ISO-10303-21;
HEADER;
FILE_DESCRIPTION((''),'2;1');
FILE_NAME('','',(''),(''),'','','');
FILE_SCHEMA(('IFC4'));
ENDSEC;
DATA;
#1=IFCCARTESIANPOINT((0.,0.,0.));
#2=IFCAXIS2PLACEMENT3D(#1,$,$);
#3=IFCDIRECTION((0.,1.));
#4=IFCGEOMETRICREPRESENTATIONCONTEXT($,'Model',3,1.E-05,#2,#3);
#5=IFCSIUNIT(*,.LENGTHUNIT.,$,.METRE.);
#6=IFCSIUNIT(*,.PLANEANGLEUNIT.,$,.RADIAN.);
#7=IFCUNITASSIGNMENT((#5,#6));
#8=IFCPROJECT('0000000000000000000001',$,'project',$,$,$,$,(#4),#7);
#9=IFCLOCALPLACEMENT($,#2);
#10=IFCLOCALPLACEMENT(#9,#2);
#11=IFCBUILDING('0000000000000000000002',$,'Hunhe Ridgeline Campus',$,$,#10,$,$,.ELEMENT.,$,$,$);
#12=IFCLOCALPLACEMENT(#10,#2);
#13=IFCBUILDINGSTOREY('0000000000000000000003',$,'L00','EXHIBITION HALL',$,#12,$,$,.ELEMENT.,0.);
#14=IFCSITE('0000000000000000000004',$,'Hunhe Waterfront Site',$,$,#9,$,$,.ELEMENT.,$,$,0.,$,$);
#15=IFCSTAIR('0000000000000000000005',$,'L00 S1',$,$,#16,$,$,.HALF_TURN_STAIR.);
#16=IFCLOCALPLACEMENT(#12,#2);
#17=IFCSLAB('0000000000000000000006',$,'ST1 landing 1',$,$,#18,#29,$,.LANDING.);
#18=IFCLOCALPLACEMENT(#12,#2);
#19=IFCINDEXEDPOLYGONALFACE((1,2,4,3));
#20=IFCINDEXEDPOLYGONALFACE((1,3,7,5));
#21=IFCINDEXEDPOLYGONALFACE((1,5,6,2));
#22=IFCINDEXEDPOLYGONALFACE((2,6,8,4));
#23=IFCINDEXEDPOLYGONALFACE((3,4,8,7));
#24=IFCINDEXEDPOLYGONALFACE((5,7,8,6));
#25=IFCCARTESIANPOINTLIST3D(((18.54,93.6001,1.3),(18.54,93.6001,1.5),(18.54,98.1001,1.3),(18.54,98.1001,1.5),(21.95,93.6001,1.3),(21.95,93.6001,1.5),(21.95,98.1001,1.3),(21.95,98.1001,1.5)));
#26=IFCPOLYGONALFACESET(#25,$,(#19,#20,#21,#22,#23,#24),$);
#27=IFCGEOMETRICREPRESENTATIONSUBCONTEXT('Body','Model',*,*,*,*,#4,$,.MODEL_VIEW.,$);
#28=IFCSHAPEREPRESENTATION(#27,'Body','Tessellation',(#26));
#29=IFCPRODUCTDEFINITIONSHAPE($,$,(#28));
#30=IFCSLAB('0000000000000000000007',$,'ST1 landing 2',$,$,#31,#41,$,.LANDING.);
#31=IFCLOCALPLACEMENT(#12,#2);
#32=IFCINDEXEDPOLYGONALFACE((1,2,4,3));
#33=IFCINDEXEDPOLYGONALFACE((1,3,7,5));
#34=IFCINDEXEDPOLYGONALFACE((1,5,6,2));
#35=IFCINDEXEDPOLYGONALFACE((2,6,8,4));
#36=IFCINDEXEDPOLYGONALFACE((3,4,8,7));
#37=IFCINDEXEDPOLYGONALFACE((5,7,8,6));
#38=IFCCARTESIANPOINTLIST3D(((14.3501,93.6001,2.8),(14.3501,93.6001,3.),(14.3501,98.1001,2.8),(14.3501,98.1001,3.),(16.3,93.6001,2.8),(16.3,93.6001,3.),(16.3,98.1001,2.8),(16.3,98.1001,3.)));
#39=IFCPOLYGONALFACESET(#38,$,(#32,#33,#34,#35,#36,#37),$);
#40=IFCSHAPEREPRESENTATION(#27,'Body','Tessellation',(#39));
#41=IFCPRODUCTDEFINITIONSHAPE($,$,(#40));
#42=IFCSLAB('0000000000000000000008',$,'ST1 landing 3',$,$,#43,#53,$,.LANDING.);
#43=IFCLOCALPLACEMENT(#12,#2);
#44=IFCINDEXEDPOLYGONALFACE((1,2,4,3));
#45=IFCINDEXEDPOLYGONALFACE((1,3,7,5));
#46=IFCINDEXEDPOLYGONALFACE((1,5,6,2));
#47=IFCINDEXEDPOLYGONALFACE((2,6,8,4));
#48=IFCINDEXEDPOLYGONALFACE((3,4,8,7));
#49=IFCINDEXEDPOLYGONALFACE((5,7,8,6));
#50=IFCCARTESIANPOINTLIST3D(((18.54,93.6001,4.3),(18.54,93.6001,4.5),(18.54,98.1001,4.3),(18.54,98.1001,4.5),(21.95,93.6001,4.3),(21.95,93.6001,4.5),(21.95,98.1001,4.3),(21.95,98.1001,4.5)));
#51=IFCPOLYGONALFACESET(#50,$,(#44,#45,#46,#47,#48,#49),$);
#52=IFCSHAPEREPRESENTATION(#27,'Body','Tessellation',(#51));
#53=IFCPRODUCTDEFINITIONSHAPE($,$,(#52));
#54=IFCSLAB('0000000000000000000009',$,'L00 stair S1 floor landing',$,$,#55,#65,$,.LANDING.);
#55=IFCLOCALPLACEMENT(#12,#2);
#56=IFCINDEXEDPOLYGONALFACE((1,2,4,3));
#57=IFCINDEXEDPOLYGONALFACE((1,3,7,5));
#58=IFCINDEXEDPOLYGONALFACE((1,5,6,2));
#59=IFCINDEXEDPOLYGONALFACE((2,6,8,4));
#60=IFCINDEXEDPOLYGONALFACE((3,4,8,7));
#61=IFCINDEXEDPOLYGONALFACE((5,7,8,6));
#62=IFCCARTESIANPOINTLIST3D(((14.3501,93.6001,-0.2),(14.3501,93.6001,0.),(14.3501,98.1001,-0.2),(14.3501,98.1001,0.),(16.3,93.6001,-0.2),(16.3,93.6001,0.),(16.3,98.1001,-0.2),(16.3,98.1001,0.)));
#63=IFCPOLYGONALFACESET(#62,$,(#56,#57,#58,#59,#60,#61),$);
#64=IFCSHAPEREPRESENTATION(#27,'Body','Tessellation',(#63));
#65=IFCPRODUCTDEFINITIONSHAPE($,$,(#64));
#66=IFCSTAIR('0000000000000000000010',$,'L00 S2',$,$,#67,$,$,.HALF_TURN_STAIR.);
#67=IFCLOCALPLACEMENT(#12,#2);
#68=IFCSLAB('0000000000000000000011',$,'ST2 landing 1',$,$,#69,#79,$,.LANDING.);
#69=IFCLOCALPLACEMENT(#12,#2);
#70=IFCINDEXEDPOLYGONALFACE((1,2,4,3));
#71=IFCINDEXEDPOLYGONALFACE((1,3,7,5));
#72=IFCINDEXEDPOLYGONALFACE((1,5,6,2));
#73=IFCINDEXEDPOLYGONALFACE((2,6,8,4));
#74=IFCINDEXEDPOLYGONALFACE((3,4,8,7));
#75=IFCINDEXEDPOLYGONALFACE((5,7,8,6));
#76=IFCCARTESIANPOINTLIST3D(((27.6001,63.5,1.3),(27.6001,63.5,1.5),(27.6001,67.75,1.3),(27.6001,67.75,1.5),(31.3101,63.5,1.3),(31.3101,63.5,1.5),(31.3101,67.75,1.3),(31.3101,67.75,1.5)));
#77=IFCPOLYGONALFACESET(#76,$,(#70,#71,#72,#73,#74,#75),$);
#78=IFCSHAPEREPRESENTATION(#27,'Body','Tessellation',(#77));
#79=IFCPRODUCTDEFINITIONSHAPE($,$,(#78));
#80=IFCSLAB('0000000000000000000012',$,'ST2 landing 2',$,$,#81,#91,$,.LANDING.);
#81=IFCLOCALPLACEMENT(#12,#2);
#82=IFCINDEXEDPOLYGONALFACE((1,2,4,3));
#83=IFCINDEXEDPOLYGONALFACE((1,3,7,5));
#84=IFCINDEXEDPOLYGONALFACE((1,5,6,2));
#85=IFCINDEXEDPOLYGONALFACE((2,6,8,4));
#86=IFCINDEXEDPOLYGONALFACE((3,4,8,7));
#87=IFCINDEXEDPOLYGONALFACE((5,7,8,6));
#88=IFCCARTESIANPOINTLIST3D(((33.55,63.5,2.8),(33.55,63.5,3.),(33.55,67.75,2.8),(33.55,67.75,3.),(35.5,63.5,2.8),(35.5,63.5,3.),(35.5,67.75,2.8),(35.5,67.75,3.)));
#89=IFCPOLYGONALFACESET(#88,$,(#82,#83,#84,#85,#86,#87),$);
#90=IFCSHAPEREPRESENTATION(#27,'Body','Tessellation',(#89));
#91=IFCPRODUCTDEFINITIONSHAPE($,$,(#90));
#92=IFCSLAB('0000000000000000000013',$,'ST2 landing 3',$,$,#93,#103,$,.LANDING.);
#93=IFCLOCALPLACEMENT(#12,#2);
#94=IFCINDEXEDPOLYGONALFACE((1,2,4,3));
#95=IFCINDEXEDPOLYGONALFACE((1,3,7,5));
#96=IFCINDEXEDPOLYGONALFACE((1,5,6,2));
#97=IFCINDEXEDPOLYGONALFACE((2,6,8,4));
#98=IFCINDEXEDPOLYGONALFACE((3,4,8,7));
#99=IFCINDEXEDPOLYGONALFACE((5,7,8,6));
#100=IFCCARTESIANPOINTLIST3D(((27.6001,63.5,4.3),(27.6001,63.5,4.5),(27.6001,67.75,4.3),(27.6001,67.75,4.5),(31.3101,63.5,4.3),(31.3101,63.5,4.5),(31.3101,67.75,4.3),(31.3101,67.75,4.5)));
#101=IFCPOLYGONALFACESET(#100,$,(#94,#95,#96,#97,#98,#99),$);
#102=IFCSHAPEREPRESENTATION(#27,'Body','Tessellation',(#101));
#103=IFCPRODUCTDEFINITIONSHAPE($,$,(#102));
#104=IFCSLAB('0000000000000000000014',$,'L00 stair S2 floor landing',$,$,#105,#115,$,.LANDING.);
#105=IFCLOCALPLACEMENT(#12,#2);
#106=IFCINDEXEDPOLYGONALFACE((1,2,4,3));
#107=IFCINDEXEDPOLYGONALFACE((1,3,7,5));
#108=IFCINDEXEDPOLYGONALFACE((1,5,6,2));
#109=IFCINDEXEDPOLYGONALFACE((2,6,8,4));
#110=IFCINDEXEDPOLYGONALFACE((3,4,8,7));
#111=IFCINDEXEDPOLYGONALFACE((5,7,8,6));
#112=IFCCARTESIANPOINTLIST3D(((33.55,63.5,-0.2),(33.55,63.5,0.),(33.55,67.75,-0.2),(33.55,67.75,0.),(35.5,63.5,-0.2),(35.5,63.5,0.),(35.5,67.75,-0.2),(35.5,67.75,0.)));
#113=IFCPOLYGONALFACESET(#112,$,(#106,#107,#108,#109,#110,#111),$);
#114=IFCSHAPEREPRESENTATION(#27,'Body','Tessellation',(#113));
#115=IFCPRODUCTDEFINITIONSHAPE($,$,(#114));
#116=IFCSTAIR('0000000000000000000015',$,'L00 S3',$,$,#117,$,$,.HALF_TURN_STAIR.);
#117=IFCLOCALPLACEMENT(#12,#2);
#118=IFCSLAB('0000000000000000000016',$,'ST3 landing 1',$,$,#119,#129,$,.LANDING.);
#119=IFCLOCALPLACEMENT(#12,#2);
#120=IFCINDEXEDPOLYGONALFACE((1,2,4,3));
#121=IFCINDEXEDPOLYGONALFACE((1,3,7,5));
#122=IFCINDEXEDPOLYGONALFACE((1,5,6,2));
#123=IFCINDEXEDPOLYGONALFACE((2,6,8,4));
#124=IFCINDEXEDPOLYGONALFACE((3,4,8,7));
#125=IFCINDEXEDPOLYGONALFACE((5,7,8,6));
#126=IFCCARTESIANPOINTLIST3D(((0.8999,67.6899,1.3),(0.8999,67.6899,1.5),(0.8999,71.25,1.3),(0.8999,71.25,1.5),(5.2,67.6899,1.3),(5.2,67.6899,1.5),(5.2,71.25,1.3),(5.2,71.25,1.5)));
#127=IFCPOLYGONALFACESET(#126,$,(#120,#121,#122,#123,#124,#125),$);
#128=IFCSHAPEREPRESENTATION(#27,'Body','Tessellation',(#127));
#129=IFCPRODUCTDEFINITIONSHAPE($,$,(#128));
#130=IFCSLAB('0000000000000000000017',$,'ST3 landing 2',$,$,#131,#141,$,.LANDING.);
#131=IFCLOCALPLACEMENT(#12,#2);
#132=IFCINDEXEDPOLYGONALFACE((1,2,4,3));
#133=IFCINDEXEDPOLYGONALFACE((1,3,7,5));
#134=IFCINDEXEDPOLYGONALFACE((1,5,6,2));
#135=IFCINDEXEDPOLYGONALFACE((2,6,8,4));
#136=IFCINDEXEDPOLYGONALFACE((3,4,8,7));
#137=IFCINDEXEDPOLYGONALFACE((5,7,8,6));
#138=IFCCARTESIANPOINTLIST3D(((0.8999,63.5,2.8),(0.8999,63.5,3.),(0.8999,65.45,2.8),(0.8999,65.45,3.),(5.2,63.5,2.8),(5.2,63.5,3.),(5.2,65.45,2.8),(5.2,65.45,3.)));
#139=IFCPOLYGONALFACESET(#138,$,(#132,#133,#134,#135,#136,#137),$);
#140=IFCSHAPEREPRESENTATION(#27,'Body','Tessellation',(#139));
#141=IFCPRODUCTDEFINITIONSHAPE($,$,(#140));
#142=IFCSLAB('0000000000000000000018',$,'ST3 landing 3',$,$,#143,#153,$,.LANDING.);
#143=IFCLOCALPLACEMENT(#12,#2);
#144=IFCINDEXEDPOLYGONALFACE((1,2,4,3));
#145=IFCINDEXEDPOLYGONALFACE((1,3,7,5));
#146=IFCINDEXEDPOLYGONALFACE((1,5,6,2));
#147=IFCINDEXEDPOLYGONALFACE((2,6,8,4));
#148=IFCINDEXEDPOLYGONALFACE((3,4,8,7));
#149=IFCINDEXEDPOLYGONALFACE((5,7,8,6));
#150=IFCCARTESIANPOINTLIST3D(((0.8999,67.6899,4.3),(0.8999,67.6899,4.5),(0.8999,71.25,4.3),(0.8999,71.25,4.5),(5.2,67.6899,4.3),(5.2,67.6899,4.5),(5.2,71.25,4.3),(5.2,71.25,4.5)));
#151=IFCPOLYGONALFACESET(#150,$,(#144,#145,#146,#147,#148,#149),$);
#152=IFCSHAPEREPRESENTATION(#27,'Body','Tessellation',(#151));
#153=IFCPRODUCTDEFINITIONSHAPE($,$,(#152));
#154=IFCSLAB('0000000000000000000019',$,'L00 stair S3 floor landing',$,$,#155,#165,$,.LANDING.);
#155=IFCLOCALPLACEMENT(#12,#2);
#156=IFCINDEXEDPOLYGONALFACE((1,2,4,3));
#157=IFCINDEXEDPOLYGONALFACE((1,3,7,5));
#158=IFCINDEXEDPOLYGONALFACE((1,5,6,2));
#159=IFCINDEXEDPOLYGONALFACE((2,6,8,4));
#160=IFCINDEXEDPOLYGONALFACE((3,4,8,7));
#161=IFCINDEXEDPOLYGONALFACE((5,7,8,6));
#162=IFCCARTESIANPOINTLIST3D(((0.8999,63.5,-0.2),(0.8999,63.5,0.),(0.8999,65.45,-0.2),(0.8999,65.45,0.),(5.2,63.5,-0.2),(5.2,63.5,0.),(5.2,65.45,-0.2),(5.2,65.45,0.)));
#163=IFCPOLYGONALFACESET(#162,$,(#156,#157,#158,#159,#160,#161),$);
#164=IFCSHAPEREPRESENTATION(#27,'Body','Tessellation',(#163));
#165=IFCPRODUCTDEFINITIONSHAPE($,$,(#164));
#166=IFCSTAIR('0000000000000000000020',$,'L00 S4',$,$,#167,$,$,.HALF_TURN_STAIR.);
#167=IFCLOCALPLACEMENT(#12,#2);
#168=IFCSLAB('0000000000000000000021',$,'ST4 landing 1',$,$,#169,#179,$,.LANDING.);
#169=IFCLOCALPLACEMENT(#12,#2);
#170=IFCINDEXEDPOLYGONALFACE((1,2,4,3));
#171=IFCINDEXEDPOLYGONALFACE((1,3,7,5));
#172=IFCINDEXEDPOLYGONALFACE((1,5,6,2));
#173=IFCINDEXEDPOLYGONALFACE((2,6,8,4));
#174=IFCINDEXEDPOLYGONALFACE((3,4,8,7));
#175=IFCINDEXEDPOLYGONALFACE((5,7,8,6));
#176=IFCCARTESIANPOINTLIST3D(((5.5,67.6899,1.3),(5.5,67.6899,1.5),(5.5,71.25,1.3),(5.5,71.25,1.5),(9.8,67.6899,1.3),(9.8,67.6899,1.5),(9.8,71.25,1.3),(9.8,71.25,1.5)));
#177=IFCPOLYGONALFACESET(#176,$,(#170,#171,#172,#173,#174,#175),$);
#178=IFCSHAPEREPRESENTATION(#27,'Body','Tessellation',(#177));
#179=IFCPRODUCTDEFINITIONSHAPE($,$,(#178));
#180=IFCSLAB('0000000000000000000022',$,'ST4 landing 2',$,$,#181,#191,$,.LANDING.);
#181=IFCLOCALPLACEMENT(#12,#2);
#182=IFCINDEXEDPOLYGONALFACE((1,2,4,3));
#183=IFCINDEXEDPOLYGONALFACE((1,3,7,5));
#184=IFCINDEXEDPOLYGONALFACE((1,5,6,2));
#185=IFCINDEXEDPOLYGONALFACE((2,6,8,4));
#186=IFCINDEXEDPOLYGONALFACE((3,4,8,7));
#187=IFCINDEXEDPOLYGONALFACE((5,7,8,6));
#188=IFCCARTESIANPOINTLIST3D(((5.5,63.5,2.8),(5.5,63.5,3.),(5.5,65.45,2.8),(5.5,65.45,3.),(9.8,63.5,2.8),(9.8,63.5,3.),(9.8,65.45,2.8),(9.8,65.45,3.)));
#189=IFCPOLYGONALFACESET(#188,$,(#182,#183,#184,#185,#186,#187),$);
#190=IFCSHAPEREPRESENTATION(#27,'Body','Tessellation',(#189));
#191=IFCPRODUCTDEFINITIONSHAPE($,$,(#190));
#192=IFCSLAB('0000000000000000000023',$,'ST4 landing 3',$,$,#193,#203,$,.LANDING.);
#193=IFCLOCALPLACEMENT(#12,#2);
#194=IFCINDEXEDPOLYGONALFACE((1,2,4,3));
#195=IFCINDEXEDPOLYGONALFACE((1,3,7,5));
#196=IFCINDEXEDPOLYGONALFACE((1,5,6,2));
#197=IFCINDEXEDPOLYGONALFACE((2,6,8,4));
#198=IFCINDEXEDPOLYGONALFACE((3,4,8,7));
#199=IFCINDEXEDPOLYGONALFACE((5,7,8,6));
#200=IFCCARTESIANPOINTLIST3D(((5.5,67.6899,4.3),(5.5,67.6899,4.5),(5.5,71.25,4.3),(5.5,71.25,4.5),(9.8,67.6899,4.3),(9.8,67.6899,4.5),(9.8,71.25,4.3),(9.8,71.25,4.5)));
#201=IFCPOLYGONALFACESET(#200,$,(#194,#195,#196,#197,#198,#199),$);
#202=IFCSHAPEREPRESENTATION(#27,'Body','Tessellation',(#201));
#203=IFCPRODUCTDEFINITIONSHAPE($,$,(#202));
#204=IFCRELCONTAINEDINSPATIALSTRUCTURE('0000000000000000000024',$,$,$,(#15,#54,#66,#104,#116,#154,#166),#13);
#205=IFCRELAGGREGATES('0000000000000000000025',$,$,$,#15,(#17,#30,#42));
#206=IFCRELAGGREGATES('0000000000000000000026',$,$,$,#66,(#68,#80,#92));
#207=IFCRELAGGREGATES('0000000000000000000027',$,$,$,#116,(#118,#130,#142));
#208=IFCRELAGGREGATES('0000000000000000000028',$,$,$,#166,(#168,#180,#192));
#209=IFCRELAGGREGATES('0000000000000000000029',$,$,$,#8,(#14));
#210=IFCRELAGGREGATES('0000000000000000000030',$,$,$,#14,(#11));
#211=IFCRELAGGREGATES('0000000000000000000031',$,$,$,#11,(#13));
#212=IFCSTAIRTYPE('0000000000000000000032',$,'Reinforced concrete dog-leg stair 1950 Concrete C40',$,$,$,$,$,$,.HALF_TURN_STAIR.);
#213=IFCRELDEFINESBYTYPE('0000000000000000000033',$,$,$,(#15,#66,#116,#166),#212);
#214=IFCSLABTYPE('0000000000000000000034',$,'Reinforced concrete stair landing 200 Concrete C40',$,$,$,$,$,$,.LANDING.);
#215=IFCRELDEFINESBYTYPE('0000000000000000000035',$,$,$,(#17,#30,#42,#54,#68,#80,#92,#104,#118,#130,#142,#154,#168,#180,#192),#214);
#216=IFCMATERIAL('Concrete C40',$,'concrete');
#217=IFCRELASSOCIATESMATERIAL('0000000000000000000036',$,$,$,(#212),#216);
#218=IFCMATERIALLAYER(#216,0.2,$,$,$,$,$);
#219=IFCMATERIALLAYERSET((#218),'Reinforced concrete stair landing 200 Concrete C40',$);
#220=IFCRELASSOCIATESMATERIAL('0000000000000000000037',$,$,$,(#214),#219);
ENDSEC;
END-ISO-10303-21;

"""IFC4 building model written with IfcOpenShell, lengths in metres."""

from ifc_helpers import new_model, si_unit, direction, frame, origin, place, context, subcontext, project, spatial, polyline, outline, extrude, material, layer, layer_set, type_object, element, aggregate, save


model = new_model("IFC4")

# Units and contexts
model_context = context("Model", 3, precision=1e-05, world=origin(), true_north=direction((0.0, 1.0)))
body_context = subcontext(model_context, "Body", "Model", "MODEL_VIEW")
ifc_project = project(units=[si_unit("LENGTHUNIT", "METRE"), si_unit("PLANEANGLEUNIT", "RADIAN")], contexts=[model_context])

# Site, building, storey
site_placement = place(None, origin())
site = spatial("IfcSite", under=ifc_project, at=site_placement, Name="Hunhe Waterfront Site", CompositionType="ELEMENT", RefElevation=0.0)
building_placement = place(site_placement, origin())
building = spatial("IfcBuilding", under=site, at=building_placement, Name="Hunhe Ridgeline Campus", CompositionType="ELEMENT")
storey_placement = place(building_placement, origin())
storey = spatial("IfcBuildingStorey", under=building, at=storey_placement, Name="L00", Description="EXHIBITION HALL", CompositionType="ELEMENT", Elevation=0.0)

# Stair, slabs
ifc_material_1 = material(Name="Concrete C40", Category="concrete")
stair_type = type_object("IfcStairType", Name="Reinforced concrete dog-leg stair 1950 Concrete C40", PredefinedType="HALF_TURN_STAIR", material=ifc_material_1)
stair_1_placement = place(storey_placement, origin())
stair_1 = element("IfcStair", 1, at=stair_1_placement, inside=storey, type_object=stair_type, Name="L00 S1", PredefinedType="HALF_TURN_STAIR")
ifc_layer_1 = layer(ifc_material_1, 0.2)
ifc_layer_set_1 = layer_set([ifc_layer_1], Name="Reinforced concrete stair landing 200 Concrete C40")
slab_type = type_object("IfcSlabType", Name="Reinforced concrete stair landing 200 Concrete C40", PredefinedType="LANDING", material=ifc_layer_set_1)
slab_1_placement = place(storey_placement, frame((0.0, 0.0, 1.3)))
slab_1 = element("IfcSlab", 2, at=slab_1_placement, type_object=slab_type, Name="ST1 landing 1", PredefinedType="LANDING", context=body_context, shape_type="SweptSolid", body=[
    extrude(outline(polyline([(18.54, 93.6001), (21.95, 93.6001), (21.95, 98.1001), (18.54, 98.1001), (18.54, 93.6001)])), origin(), (0.0, 0.0, 1.0), 0.2),
])
slab_2_placement = place(storey_placement, frame((0.0, 0.0, 2.8)))
slab_2 = element("IfcSlab", 3, at=slab_2_placement, type_object=slab_type, Name="ST1 landing 2", PredefinedType="LANDING", context=body_context, shape_type="SweptSolid", body=[
    extrude(outline(polyline([(14.3501, 93.6001), (16.3, 93.6001), (16.3, 98.1001), (14.3501, 98.1001), (14.3501, 93.6001)])), origin(), (0.0, 0.0, 1.0), 0.2),
])
slab_3_placement = place(storey_placement, frame((0.0, 0.0, 4.3)))
slab_3 = element("IfcSlab", 4, at=slab_3_placement, type_object=slab_type, Name="ST1 landing 3", PredefinedType="LANDING", context=body_context, shape_type="SweptSolid", body=[
    extrude(outline(polyline([(18.54, 93.6001), (21.95, 93.6001), (21.95, 98.1001), (18.54, 98.1001), (18.54, 93.6001)])), origin(), (0.0, 0.0, 1.0), 0.2),
])
aggregate(stair_1, [slab_1, slab_2, slab_3])

# Slab
slab_4_placement = place(storey_placement, frame((0.0, 0.0, -0.2)))
element("IfcSlab", 5, at=slab_4_placement, inside=storey, type_object=slab_type, Name="L00 stair S1 floor landing", PredefinedType="LANDING", context=body_context, shape_type="SweptSolid", body=[
    extrude(outline(polyline([(14.3501, 93.6001), (16.3, 93.6001), (16.3, 98.1001), (14.3501, 98.1001), (14.3501, 93.6001)])), origin(), (0.0, 0.0, 1.0), 0.2),
])

# Stair, slabs
stair_2_placement = place(storey_placement, origin())
stair_2 = element("IfcStair", 6, at=stair_2_placement, inside=storey, type_object=stair_type, Name="L00 S2", PredefinedType="HALF_TURN_STAIR")
slab_5_placement = place(storey_placement, frame((0.0, 0.0, 1.3)))
slab_5 = element("IfcSlab", 7, at=slab_5_placement, type_object=slab_type, Name="ST2 landing 1", PredefinedType="LANDING", context=body_context, shape_type="SweptSolid", body=[
    extrude(outline(polyline([(31.3101, 67.75), (27.6001, 67.75), (27.6001, 63.5), (31.3101, 63.5), (31.3101, 67.75)])), origin(), (0.0, 0.0, 1.0), 0.2),
])
slab_6_placement = place(storey_placement, frame((0.0, 0.0, 2.8)))
slab_6 = element("IfcSlab", 8, at=slab_6_placement, type_object=slab_type, Name="ST2 landing 2", PredefinedType="LANDING", context=body_context, shape_type="SweptSolid", body=[
    extrude(outline(polyline([(35.5, 67.75), (33.55, 67.75), (33.55, 63.5), (35.5, 63.5), (35.5, 67.75)])), origin(), (0.0, 0.0, 1.0), 0.2),
])
slab_7_placement = place(storey_placement, frame((0.0, 0.0, 4.3)))
slab_7 = element("IfcSlab", 9, at=slab_7_placement, type_object=slab_type, Name="ST2 landing 3", PredefinedType="LANDING", context=body_context, shape_type="SweptSolid", body=[
    extrude(outline(polyline([(31.3101, 67.75), (27.6001, 67.75), (27.6001, 63.5), (31.3101, 63.5), (31.3101, 67.75)])), origin(), (0.0, 0.0, 1.0), 0.2),
])
aggregate(stair_2, [slab_5, slab_6, slab_7])

# Slab
slab_8_placement = place(storey_placement, frame((0.0, 0.0, -0.2)))
element("IfcSlab", 10, at=slab_8_placement, inside=storey, type_object=slab_type, Name="L00 stair S2 floor landing", PredefinedType="LANDING", context=body_context, shape_type="SweptSolid", body=[
    extrude(outline(polyline([(35.5, 67.75), (33.55, 67.75), (33.55, 63.5), (35.5, 63.5), (35.5, 67.75)])), origin(), (0.0, 0.0, 1.0), 0.2),
])

# Stair, slabs
stair_3_placement = place(storey_placement, origin())
stair_3 = element("IfcStair", 11, at=stair_3_placement, inside=storey, type_object=stair_type, Name="L00 S3", PredefinedType="HALF_TURN_STAIR")
slab_9_placement = place(storey_placement, frame((0.0, 0.0, 1.3)))
slab_9 = element("IfcSlab", 12, at=slab_9_placement, type_object=slab_type, Name="ST3 landing 1", PredefinedType="LANDING", context=body_context, shape_type="SweptSolid", body=[
    extrude(outline(polyline([(5.2, 67.6899), (5.2, 71.25), (0.8999, 71.25), (0.8999, 67.6899), (5.2, 67.6899)])), origin(), (0.0, 0.0, 1.0), 0.2),
])
slab_10_placement = place(storey_placement, frame((0.0, 0.0, 2.8)))
slab_10 = element("IfcSlab", 13, at=slab_10_placement, type_object=slab_type, Name="ST3 landing 2", PredefinedType="LANDING", context=body_context, shape_type="SweptSolid", body=[
    extrude(outline(polyline([(5.2, 63.5), (5.2, 65.45), (0.8999, 65.45), (0.8999, 63.5), (5.2, 63.5)])), origin(), (0.0, 0.0, 1.0), 0.2),
])
slab_11_placement = place(storey_placement, frame((0.0, 0.0, 4.3)))
slab_11 = element("IfcSlab", 14, at=slab_11_placement, type_object=slab_type, Name="ST3 landing 3", PredefinedType="LANDING", context=body_context, shape_type="SweptSolid", body=[
    extrude(outline(polyline([(5.2, 67.6899), (5.2, 71.25), (0.8999, 71.25), (0.8999, 67.6899), (5.2, 67.6899)])), origin(), (0.0, 0.0, 1.0), 0.2),
])
aggregate(stair_3, [slab_9, slab_10, slab_11])

# Slab
slab_12_placement = place(storey_placement, frame((0.0, 0.0, -0.2)))
element("IfcSlab", 15, at=slab_12_placement, inside=storey, type_object=slab_type, Name="L00 stair S3 floor landing", PredefinedType="LANDING", context=body_context, shape_type="SweptSolid", body=[
    extrude(outline(polyline([(5.2, 63.5), (5.2, 65.45), (0.8999, 65.45), (0.8999, 63.5), (5.2, 63.5)])), origin(), (0.0, 0.0, 1.0), 0.2),
])

# Stair, slabs
stair_4_placement = place(storey_placement, origin())
stair_4 = element("IfcStair", 16, at=stair_4_placement, inside=storey, type_object=stair_type, Name="L00 S4", PredefinedType="HALF_TURN_STAIR")
slab_13_placement = place(storey_placement, frame((0.0, 0.0, 1.3)))
slab_13 = element("IfcSlab", 17, at=slab_13_placement, type_object=slab_type, Name="ST4 landing 1", PredefinedType="LANDING", context=body_context, shape_type="SweptSolid", body=[
    extrude(outline(polyline([(9.8, 67.6899), (9.8, 71.25), (5.5, 71.25), (5.5, 67.6899), (9.8, 67.6899)])), origin(), (0.0, 0.0, 1.0), 0.2),
])
slab_14_placement = place(storey_placement, frame((0.0, 0.0, 2.8)))
slab_14 = element("IfcSlab", 18, at=slab_14_placement, type_object=slab_type, Name="ST4 landing 2", PredefinedType="LANDING", context=body_context, shape_type="SweptSolid", body=[
    extrude(outline(polyline([(9.8, 63.5), (9.8, 65.45), (5.5, 65.45), (5.5, 63.5), (9.8, 63.5)])), origin(), (0.0, 0.0, 1.0), 0.2),
])
slab_15_placement = place(storey_placement, frame((0.0, 0.0, 4.3)))
slab_15 = element("IfcSlab", 19, at=slab_15_placement, type_object=slab_type, Name="ST4 landing 3", PredefinedType="LANDING", context=body_context, shape_type="SweptSolid", body=[
    extrude(outline(polyline([(9.8, 67.6899), (9.8, 71.25), (5.5, 71.25), (5.5, 67.6899), (9.8, 67.6899)])), origin(), (0.0, 0.0, 1.0), 0.2),
])
aggregate(stair_4, [slab_13, slab_14, slab_15])

save(model, "model.ifc")
